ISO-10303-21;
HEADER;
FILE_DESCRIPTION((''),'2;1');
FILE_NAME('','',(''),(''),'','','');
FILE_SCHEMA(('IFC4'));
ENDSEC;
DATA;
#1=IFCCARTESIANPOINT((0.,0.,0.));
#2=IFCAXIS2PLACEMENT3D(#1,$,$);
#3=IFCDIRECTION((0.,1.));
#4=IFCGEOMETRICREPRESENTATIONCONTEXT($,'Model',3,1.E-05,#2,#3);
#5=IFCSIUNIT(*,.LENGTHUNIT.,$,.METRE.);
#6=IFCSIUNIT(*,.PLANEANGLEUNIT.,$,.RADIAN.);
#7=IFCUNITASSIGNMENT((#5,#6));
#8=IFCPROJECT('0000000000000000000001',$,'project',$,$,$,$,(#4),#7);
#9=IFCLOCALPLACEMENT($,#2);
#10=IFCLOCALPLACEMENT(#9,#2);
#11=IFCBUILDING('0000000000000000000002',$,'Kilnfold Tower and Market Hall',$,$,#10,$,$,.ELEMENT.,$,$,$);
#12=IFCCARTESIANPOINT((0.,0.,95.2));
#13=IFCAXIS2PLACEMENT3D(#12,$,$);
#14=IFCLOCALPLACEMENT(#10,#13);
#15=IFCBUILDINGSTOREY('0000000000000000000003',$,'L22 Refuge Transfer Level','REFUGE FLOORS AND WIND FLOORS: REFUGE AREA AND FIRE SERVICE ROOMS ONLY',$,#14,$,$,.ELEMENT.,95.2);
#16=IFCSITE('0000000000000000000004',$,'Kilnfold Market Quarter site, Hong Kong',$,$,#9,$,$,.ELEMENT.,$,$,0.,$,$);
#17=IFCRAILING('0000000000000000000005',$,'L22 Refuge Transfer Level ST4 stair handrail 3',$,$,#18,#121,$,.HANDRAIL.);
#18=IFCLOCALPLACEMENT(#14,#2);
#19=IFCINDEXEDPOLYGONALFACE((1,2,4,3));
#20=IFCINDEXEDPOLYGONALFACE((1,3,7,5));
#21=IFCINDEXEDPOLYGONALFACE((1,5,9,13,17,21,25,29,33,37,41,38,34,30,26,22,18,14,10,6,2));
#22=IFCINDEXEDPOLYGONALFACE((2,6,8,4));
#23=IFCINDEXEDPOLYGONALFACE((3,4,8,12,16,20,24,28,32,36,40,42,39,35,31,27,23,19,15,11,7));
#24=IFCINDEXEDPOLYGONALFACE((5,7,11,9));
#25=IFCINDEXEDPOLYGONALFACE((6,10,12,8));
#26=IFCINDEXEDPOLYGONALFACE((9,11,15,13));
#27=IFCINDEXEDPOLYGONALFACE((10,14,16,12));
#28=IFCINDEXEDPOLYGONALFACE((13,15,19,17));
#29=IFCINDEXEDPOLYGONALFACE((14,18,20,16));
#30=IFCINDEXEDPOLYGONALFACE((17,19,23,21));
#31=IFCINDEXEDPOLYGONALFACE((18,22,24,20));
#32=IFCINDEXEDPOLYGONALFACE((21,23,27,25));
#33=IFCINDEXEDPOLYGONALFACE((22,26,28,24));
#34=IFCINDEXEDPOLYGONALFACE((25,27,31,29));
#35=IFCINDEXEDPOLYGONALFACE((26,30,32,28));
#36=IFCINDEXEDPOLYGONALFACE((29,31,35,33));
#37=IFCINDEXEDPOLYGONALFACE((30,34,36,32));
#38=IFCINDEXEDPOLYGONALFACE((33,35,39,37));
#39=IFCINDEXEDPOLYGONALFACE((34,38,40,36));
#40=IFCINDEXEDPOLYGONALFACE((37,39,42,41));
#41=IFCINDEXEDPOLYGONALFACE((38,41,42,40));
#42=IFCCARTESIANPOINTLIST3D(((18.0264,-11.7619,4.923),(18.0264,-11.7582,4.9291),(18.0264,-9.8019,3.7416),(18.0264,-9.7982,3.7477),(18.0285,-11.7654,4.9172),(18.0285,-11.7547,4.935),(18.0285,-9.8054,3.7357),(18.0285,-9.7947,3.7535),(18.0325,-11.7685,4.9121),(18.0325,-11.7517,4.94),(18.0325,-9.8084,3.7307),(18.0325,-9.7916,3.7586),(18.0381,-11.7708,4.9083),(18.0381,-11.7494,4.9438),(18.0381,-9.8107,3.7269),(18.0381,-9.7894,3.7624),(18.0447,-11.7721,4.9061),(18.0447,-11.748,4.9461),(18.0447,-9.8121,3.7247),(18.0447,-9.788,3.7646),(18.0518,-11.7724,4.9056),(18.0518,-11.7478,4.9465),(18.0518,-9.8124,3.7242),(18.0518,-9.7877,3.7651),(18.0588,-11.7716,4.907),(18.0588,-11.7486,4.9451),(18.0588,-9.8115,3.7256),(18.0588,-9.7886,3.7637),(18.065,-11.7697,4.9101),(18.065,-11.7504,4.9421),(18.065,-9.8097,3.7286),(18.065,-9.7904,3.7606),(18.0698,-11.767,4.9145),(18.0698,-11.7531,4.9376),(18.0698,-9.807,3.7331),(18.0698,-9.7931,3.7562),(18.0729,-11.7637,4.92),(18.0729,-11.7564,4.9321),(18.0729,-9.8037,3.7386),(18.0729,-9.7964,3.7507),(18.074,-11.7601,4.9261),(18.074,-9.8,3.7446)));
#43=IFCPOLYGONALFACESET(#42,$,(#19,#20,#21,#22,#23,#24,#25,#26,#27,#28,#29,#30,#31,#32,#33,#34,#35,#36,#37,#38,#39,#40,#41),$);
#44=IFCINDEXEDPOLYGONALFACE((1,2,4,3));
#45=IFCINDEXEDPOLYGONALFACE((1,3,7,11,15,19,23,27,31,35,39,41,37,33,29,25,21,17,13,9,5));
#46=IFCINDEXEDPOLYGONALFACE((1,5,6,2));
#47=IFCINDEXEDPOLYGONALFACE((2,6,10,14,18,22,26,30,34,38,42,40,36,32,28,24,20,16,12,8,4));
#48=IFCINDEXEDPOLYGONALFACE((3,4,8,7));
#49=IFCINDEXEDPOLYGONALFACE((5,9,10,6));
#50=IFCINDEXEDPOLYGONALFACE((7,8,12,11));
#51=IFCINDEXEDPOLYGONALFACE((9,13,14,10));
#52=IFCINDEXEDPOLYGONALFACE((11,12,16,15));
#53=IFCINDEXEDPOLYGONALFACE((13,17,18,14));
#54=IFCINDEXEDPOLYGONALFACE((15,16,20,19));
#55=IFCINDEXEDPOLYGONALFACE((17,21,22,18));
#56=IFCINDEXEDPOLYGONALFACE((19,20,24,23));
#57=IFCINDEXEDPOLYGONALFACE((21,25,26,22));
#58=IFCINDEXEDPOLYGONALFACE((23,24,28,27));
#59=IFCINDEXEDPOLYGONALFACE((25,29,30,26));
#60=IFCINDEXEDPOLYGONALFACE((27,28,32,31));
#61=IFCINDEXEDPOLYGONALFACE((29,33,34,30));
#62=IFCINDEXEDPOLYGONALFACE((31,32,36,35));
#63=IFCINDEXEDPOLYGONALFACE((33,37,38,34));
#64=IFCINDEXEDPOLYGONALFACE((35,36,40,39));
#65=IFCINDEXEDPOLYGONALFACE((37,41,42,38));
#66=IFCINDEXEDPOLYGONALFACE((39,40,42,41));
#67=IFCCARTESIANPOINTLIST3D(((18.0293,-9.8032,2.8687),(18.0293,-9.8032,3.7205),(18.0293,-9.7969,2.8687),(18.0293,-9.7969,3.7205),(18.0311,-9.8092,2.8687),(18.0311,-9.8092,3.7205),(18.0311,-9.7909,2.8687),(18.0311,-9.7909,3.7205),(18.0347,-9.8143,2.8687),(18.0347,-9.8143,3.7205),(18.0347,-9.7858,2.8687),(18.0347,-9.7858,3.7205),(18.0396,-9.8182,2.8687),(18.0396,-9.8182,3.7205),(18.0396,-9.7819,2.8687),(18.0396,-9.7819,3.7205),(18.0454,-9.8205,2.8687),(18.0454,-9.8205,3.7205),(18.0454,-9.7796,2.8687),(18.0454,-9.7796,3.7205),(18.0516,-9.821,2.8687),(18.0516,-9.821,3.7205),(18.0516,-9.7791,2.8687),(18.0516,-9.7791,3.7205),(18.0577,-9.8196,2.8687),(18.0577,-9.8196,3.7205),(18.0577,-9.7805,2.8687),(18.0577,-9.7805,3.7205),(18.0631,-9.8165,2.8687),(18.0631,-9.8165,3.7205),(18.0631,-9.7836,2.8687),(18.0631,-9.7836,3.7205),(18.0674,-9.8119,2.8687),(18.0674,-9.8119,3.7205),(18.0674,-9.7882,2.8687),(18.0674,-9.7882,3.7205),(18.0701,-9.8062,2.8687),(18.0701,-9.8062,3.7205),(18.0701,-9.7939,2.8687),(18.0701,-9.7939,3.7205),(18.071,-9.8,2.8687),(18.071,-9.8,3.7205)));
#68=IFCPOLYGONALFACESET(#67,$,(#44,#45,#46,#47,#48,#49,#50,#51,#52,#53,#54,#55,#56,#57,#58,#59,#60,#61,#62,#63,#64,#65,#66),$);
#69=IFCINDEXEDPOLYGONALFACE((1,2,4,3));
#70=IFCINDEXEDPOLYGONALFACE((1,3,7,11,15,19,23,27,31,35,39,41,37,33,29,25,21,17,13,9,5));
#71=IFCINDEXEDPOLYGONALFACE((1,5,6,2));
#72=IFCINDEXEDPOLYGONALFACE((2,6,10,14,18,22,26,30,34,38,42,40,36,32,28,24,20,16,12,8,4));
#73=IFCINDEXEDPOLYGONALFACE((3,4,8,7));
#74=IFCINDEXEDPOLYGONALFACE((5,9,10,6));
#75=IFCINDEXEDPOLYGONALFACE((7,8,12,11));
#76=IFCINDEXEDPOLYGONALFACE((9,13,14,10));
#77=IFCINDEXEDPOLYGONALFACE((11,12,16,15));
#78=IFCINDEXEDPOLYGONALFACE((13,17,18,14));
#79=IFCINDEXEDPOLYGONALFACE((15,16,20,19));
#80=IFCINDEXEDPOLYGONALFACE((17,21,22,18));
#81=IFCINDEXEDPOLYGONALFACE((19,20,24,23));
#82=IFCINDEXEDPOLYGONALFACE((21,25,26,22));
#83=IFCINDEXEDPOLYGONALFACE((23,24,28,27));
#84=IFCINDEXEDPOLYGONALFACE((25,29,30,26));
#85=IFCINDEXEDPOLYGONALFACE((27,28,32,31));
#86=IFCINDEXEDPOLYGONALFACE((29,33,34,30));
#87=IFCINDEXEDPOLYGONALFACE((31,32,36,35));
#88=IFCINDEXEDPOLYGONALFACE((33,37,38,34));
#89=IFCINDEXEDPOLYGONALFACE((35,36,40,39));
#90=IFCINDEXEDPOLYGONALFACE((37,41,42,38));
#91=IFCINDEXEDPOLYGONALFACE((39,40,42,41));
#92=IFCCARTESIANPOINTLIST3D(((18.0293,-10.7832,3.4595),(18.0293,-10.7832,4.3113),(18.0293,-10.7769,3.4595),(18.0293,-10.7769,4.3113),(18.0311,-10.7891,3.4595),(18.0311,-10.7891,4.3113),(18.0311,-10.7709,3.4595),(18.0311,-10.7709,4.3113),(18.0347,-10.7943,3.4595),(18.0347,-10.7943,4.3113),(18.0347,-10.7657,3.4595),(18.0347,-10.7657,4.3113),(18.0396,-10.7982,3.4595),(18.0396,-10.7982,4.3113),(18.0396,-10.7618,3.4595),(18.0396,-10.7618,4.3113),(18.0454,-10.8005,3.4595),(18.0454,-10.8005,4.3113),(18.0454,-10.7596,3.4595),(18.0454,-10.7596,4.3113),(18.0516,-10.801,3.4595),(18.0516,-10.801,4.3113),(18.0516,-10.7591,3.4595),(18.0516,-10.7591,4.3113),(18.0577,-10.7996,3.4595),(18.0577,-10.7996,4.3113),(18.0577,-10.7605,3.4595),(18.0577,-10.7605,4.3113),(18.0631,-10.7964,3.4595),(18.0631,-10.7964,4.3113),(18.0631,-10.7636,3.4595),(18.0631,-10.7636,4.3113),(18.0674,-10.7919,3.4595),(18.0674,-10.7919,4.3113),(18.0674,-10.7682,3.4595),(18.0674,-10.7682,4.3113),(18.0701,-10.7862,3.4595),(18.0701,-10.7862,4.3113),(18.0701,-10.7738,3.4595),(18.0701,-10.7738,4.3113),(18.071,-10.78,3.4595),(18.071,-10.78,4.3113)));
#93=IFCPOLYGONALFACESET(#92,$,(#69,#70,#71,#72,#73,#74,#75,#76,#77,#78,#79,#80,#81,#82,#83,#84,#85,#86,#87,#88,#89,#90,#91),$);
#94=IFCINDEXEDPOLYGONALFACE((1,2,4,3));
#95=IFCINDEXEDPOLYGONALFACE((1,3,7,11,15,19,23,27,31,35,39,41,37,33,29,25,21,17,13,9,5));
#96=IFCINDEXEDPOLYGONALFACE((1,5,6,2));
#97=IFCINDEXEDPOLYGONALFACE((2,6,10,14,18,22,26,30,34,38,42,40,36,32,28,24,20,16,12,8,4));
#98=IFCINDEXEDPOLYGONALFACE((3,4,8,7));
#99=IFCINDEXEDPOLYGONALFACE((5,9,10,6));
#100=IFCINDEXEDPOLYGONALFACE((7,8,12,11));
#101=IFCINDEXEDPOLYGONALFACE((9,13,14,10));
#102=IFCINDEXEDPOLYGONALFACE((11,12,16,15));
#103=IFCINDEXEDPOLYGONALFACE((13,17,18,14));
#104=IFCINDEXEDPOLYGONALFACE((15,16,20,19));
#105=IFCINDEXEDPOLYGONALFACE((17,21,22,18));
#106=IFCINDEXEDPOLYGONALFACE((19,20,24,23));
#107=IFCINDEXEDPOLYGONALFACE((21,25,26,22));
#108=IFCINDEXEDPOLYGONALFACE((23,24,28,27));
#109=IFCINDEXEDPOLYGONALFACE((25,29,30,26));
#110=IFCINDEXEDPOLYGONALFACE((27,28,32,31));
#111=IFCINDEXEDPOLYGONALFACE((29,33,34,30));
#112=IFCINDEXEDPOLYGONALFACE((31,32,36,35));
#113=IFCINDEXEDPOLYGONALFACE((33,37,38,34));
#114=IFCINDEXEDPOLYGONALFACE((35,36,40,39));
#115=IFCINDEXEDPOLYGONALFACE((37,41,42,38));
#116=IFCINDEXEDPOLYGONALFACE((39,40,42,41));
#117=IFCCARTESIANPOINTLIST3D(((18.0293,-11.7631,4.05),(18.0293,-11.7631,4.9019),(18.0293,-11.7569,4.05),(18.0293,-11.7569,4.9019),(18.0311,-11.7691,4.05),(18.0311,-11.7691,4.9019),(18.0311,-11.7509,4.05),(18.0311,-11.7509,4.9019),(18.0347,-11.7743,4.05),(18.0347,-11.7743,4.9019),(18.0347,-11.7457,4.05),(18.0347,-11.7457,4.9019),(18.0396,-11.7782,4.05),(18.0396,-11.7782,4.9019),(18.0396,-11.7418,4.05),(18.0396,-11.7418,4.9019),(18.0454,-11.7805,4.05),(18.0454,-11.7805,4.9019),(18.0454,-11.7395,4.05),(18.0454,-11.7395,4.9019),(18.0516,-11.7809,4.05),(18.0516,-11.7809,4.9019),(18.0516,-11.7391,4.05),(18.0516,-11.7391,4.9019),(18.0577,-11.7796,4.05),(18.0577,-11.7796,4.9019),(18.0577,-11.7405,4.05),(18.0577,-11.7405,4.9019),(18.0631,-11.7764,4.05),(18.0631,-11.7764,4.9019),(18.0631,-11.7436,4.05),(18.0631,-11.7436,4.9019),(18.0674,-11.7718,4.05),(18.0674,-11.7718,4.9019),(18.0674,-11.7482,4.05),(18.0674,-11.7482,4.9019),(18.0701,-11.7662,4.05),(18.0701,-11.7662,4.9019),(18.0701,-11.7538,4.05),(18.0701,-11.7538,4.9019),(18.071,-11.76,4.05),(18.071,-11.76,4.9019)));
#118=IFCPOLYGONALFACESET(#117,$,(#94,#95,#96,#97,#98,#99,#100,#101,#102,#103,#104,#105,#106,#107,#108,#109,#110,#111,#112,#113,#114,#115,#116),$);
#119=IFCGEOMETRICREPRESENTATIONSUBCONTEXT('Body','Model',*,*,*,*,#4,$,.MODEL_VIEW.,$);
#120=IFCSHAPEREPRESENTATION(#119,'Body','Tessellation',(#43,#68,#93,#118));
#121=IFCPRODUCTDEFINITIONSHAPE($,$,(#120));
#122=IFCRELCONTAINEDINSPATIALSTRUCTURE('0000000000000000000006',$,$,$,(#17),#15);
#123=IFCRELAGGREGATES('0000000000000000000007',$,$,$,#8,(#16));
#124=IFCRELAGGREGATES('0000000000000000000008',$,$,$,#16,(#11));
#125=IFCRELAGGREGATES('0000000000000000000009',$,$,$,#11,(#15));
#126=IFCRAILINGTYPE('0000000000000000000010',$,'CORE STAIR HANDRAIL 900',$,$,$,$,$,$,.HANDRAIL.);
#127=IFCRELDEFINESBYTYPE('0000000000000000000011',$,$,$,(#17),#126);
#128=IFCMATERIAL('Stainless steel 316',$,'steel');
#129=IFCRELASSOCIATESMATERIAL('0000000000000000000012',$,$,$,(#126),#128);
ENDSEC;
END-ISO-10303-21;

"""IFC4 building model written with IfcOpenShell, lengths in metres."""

from ifc_helpers import new_model, si_unit, direction, frame, origin, origin_2d, place, context, subcontext, project, spatial, circle, extrude, material, type_object, element, save


model = new_model("IFC4")

# Units and contexts
model_context = context("Model", 3, precision=1e-05, world=origin(), true_north=direction((0.0, 1.0)))
body_context = subcontext(model_context, "Body", "Model", "MODEL_VIEW")
ifc_project = project(units=[si_unit("LENGTHUNIT", "METRE"), si_unit("PLANEANGLEUNIT", "RADIAN")], contexts=[model_context])

# Site, building, storey
site_placement = place(None, origin())
site = spatial("IfcSite", under=ifc_project, at=site_placement, Name="Kilnfold Market Quarter site, Hong Kong", CompositionType="ELEMENT", RefElevation=0.0)
building_placement = place(site_placement, origin())
building = spatial("IfcBuilding", under=site, at=building_placement, Name="Kilnfold Tower and Market Hall", CompositionType="ELEMENT")
storey_placement = place(building_placement, frame((0.0, 0.0, 95.2)))
storey = spatial("IfcBuildingStorey", under=building, at=storey_placement, Name="L22 Refuge Transfer Level", Description="REFUGE FLOORS AND WIND FLOORS: REFUGE AREA AND FIRE SERVICE ROOMS ONLY", CompositionType="ELEMENT", Elevation=95.2)

# Railing
ifc_material_1 = material(Name="Stainless steel 316", Category="steel")
railing_type_1 = type_object("IfcRailingType", Name="CORE STAIR HANDRAIL 900", PredefinedType="HANDRAIL", material=ifc_material_1)
railing_1_placement = place(storey_placement, frame((18.05, -9.8, 2.8687)))
element("IfcRailing", 1, at=railing_1_placement, inside=storey, type_object=railing_type_1, Name="L22 Refuge Transfer Level ST4 stair handrail 3", PredefinedType="HANDRAIL", context=body_context, shape_type="SweptSolid", body=[
    extrude(circle(Radius=0.0239, at=origin_2d()), frame((0.0, 0.0, 0.876), z_axis=(0.0, -0.856446, 0.516236), x_axis=(1.0, 0.0, 0.0)), (0.0, 0.0, 1.0), 2.2886),
    extrude(circle(Radius=0.021, at=origin_2d()), origin(), (0.0, 0.0, 1.0), 0.8518),
    extrude(circle(Radius=0.021, at=origin_2d()), frame((0.0, -0.98, 0.5908)), (0.0, 0.0, 1.0), 0.8518),
    extrude(circle(Radius=0.021, at=origin_2d()), frame((0.0, -1.96, 1.1814)), (0.0, 0.0, 1.0), 0.8518),
])

save(model, "model.ifc")
